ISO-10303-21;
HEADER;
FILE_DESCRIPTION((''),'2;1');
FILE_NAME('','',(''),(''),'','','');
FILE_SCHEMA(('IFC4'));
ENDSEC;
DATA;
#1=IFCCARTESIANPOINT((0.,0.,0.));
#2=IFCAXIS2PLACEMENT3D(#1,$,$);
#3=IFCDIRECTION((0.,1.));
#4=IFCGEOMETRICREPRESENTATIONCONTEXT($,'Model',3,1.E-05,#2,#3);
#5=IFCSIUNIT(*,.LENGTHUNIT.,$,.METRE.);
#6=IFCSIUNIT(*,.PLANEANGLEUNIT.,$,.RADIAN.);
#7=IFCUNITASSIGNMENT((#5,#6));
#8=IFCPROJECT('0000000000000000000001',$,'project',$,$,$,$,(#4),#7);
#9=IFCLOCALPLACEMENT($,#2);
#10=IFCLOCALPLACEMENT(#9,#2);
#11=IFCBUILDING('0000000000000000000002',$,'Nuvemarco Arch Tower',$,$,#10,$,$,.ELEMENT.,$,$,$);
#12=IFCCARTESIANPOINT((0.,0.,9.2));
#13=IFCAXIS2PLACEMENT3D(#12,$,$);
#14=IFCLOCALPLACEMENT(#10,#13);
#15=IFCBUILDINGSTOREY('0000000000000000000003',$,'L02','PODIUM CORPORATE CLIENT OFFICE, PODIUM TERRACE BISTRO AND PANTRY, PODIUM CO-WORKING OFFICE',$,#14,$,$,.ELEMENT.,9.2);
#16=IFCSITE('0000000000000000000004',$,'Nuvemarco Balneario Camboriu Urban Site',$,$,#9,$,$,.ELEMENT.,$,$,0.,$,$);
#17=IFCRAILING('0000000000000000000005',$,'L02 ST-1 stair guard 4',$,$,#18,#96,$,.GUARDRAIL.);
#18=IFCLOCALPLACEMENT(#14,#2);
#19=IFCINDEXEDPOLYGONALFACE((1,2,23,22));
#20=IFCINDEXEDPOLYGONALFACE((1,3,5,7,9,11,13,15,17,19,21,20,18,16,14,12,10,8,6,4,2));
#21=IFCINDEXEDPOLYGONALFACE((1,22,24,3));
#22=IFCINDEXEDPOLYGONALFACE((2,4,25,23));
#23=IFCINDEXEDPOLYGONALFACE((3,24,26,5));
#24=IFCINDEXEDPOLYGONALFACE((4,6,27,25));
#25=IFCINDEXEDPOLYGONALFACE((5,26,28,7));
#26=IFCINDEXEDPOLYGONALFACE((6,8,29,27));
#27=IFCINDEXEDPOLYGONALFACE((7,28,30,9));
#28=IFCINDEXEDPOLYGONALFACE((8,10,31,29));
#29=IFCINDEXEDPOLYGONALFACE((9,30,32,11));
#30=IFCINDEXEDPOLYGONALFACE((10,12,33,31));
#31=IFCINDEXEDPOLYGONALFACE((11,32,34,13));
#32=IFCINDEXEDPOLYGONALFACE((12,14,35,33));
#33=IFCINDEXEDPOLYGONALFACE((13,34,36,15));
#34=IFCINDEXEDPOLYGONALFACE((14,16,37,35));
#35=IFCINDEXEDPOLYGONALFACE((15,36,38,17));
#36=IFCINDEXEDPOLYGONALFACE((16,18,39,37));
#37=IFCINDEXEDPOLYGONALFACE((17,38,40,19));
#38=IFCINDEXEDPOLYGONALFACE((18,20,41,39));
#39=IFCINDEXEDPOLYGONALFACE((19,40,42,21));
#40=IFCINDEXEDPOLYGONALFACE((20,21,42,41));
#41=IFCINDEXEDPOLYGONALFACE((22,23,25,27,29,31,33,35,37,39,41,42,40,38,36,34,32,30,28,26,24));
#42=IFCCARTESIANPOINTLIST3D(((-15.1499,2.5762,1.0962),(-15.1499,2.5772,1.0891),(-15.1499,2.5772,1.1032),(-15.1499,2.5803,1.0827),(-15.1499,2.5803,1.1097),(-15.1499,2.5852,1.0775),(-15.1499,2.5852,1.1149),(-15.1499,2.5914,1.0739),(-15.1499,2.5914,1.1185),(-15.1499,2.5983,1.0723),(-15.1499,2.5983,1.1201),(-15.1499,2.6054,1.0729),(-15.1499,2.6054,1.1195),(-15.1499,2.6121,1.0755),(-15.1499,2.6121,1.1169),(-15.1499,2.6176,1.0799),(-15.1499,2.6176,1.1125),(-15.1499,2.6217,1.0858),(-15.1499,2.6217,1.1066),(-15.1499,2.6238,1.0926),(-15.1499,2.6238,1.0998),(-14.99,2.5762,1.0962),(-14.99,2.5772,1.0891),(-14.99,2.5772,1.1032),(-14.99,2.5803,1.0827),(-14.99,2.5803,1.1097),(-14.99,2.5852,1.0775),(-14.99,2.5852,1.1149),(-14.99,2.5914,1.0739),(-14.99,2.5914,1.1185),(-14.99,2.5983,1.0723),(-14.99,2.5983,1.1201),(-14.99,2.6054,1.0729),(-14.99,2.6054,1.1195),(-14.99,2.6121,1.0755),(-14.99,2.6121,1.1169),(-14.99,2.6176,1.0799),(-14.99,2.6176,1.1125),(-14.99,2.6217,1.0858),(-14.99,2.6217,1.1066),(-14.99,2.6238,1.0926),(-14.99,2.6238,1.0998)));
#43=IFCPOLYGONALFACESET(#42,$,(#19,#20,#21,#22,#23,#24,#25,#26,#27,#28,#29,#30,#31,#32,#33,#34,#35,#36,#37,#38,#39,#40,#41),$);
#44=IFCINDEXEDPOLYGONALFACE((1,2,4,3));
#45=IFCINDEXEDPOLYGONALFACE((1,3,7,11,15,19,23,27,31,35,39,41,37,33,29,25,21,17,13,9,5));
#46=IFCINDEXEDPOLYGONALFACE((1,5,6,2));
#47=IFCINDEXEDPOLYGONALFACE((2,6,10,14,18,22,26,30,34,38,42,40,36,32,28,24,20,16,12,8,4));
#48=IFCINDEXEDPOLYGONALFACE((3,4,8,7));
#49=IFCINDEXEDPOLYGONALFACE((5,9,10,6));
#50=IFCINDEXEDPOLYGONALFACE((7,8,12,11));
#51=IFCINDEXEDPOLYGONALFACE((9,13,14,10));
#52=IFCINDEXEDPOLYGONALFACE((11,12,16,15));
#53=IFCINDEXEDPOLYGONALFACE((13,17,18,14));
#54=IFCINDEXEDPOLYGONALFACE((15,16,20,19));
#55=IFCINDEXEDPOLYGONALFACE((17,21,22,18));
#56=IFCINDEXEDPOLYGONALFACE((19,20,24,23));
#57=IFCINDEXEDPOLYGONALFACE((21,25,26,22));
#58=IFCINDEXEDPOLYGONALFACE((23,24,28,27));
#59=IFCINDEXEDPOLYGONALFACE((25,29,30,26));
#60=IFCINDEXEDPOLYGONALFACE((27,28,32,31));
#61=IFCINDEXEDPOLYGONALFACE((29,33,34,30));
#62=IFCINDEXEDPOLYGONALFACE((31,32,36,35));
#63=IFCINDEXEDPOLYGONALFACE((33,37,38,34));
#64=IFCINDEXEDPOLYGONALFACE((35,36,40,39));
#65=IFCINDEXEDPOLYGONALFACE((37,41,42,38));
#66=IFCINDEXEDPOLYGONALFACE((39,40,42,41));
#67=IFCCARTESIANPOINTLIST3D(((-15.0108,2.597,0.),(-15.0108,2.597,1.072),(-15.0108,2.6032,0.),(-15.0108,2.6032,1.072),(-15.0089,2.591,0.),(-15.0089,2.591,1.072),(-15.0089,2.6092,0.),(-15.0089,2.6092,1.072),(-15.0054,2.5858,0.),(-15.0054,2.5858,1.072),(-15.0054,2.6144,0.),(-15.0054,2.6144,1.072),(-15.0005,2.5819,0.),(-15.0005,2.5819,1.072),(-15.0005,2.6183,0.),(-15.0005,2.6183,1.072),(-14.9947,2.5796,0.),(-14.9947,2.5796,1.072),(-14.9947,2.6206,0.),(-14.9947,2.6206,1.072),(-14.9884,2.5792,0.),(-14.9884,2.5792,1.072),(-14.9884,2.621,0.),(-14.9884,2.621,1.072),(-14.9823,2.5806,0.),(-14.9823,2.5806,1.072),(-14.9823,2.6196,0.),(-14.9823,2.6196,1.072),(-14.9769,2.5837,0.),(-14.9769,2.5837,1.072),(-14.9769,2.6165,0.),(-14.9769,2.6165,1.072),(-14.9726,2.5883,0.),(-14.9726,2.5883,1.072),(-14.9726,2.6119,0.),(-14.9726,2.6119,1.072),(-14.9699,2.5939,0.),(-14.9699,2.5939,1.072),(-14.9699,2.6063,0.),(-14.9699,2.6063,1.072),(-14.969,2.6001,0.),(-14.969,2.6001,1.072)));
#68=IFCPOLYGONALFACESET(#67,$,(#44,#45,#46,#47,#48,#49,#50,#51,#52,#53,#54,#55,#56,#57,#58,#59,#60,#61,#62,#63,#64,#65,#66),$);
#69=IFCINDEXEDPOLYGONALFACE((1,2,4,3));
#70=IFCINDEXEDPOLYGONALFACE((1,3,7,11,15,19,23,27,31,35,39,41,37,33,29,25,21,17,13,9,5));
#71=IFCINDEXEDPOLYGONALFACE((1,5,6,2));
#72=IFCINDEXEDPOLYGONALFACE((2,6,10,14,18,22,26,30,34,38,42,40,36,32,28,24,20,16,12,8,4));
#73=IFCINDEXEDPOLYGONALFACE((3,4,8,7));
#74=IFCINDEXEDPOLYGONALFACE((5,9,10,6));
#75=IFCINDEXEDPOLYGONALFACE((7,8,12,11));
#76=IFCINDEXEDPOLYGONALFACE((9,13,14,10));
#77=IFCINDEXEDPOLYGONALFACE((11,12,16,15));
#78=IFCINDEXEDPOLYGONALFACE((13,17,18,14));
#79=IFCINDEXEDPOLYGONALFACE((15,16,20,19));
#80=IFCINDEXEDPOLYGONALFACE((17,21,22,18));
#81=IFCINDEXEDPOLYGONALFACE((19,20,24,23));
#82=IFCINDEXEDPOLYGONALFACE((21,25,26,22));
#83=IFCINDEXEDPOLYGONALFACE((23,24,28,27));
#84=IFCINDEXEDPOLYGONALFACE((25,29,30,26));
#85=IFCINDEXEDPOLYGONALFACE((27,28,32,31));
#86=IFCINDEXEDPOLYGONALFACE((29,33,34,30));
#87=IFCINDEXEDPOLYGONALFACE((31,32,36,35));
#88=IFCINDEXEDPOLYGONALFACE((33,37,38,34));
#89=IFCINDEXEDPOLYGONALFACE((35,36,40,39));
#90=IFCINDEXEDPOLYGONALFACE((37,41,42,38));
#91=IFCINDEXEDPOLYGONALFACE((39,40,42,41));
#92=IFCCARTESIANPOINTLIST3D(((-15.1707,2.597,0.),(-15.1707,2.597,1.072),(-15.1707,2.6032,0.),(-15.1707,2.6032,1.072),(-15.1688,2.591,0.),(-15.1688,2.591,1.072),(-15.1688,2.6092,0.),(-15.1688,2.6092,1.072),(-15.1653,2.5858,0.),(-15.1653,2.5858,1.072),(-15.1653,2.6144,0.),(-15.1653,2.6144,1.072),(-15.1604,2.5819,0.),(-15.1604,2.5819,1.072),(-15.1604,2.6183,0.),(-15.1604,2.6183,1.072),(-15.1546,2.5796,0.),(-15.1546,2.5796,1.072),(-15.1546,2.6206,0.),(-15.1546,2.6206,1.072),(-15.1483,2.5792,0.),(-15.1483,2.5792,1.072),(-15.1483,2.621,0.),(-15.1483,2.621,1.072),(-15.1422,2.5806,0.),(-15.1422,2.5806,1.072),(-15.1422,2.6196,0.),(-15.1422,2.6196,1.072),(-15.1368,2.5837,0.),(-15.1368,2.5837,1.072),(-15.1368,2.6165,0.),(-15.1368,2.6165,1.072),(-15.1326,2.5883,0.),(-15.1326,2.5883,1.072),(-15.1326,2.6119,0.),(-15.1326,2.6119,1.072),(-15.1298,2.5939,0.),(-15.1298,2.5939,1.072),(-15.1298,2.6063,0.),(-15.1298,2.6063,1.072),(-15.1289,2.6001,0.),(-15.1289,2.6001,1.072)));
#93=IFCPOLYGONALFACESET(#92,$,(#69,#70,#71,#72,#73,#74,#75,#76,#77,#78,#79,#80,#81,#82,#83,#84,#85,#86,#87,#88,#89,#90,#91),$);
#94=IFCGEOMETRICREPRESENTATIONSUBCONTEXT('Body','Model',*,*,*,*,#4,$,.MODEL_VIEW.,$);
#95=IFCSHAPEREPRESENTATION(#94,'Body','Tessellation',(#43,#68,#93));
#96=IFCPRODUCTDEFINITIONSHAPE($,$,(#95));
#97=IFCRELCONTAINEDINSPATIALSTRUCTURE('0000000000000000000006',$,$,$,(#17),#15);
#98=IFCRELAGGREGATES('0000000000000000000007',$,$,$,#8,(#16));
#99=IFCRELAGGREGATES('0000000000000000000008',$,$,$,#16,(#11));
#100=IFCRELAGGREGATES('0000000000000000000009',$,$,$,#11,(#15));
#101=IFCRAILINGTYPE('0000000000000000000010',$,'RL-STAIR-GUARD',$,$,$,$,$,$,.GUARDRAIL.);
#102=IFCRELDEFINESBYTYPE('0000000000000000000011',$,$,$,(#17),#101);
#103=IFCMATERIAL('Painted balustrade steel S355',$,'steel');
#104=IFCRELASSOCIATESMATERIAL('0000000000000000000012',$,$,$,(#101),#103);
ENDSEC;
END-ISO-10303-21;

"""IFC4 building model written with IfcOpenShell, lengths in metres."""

from ifc_helpers import new_model, si_unit, direction, frame, origin, origin_2d, place, context, subcontext, project, spatial, circle, extrude, material, type_object, element, save


model = new_model("IFC4")

# Units and contexts
model_context = context("Model", 3, precision=1e-05, world=origin(), true_north=direction((0.0, 1.0)))
body_context = subcontext(model_context, "Body", "Model", "MODEL_VIEW")
ifc_project = project(units=[si_unit("LENGTHUNIT", "METRE"), si_unit("PLANEANGLEUNIT", "RADIAN")], contexts=[model_context])

# Site, building, storey
site_placement = place(None, origin())
site = spatial("IfcSite", under=ifc_project, at=site_placement, Name="Nuvemarco Balneario Camboriu Urban Site", CompositionType="ELEMENT", RefElevation=0.0)
building_placement = place(site_placement, origin())
building = spatial("IfcBuilding", under=site, at=building_placement, Name="Nuvemarco Arch Tower", CompositionType="ELEMENT")
storey_placement = place(building_placement, frame((0.0, 0.0, 9.2)))
storey = spatial("IfcBuildingStorey", under=building, at=storey_placement, Name="L02", Description="PODIUM CORPORATE CLIENT OFFICE, PODIUM TERRACE BISTRO AND PANTRY, PODIUM CO-WORKING OFFICE", CompositionType="ELEMENT", Elevation=9.2)

# Railing
ifc_material_1 = material(Name="Painted balustrade steel S355", Category="steel")
railing_type_1 = type_object("IfcRailingType", Name="RL-STAIR-GUARD", PredefinedType="GUARDRAIL", material=ifc_material_1)
railing_1_placement = place(storey_placement, frame((-14.99, 2.6001, 0.0)))
element("IfcRailing", 1, at=railing_1_placement, inside=storey, type_object=railing_type_1, Name="L02 ST-1 stair guard 4", PredefinedType="GUARDRAIL", context=body_context, shape_type="SweptSolid", body=[
    extrude(circle(Radius=0.0239, at=origin_2d()), frame((0.0, 0.0, 1.0962), z_axis=(-1.0, 0.0, 0.0), x_axis=(0.0, -1.0, 0.0)), (0.0, 0.0, 1.0), 0.1599),
    extrude(circle(Radius=0.021, at=origin_2d()), origin(), (0.0, 0.0, 1.0), 1.072),
    extrude(circle(Radius=0.021, at=origin_2d()), frame((-0.1599, 0.0, 0.0)), (0.0, 0.0, 1.0), 1.072),
])

save(model, "model.ifc")
